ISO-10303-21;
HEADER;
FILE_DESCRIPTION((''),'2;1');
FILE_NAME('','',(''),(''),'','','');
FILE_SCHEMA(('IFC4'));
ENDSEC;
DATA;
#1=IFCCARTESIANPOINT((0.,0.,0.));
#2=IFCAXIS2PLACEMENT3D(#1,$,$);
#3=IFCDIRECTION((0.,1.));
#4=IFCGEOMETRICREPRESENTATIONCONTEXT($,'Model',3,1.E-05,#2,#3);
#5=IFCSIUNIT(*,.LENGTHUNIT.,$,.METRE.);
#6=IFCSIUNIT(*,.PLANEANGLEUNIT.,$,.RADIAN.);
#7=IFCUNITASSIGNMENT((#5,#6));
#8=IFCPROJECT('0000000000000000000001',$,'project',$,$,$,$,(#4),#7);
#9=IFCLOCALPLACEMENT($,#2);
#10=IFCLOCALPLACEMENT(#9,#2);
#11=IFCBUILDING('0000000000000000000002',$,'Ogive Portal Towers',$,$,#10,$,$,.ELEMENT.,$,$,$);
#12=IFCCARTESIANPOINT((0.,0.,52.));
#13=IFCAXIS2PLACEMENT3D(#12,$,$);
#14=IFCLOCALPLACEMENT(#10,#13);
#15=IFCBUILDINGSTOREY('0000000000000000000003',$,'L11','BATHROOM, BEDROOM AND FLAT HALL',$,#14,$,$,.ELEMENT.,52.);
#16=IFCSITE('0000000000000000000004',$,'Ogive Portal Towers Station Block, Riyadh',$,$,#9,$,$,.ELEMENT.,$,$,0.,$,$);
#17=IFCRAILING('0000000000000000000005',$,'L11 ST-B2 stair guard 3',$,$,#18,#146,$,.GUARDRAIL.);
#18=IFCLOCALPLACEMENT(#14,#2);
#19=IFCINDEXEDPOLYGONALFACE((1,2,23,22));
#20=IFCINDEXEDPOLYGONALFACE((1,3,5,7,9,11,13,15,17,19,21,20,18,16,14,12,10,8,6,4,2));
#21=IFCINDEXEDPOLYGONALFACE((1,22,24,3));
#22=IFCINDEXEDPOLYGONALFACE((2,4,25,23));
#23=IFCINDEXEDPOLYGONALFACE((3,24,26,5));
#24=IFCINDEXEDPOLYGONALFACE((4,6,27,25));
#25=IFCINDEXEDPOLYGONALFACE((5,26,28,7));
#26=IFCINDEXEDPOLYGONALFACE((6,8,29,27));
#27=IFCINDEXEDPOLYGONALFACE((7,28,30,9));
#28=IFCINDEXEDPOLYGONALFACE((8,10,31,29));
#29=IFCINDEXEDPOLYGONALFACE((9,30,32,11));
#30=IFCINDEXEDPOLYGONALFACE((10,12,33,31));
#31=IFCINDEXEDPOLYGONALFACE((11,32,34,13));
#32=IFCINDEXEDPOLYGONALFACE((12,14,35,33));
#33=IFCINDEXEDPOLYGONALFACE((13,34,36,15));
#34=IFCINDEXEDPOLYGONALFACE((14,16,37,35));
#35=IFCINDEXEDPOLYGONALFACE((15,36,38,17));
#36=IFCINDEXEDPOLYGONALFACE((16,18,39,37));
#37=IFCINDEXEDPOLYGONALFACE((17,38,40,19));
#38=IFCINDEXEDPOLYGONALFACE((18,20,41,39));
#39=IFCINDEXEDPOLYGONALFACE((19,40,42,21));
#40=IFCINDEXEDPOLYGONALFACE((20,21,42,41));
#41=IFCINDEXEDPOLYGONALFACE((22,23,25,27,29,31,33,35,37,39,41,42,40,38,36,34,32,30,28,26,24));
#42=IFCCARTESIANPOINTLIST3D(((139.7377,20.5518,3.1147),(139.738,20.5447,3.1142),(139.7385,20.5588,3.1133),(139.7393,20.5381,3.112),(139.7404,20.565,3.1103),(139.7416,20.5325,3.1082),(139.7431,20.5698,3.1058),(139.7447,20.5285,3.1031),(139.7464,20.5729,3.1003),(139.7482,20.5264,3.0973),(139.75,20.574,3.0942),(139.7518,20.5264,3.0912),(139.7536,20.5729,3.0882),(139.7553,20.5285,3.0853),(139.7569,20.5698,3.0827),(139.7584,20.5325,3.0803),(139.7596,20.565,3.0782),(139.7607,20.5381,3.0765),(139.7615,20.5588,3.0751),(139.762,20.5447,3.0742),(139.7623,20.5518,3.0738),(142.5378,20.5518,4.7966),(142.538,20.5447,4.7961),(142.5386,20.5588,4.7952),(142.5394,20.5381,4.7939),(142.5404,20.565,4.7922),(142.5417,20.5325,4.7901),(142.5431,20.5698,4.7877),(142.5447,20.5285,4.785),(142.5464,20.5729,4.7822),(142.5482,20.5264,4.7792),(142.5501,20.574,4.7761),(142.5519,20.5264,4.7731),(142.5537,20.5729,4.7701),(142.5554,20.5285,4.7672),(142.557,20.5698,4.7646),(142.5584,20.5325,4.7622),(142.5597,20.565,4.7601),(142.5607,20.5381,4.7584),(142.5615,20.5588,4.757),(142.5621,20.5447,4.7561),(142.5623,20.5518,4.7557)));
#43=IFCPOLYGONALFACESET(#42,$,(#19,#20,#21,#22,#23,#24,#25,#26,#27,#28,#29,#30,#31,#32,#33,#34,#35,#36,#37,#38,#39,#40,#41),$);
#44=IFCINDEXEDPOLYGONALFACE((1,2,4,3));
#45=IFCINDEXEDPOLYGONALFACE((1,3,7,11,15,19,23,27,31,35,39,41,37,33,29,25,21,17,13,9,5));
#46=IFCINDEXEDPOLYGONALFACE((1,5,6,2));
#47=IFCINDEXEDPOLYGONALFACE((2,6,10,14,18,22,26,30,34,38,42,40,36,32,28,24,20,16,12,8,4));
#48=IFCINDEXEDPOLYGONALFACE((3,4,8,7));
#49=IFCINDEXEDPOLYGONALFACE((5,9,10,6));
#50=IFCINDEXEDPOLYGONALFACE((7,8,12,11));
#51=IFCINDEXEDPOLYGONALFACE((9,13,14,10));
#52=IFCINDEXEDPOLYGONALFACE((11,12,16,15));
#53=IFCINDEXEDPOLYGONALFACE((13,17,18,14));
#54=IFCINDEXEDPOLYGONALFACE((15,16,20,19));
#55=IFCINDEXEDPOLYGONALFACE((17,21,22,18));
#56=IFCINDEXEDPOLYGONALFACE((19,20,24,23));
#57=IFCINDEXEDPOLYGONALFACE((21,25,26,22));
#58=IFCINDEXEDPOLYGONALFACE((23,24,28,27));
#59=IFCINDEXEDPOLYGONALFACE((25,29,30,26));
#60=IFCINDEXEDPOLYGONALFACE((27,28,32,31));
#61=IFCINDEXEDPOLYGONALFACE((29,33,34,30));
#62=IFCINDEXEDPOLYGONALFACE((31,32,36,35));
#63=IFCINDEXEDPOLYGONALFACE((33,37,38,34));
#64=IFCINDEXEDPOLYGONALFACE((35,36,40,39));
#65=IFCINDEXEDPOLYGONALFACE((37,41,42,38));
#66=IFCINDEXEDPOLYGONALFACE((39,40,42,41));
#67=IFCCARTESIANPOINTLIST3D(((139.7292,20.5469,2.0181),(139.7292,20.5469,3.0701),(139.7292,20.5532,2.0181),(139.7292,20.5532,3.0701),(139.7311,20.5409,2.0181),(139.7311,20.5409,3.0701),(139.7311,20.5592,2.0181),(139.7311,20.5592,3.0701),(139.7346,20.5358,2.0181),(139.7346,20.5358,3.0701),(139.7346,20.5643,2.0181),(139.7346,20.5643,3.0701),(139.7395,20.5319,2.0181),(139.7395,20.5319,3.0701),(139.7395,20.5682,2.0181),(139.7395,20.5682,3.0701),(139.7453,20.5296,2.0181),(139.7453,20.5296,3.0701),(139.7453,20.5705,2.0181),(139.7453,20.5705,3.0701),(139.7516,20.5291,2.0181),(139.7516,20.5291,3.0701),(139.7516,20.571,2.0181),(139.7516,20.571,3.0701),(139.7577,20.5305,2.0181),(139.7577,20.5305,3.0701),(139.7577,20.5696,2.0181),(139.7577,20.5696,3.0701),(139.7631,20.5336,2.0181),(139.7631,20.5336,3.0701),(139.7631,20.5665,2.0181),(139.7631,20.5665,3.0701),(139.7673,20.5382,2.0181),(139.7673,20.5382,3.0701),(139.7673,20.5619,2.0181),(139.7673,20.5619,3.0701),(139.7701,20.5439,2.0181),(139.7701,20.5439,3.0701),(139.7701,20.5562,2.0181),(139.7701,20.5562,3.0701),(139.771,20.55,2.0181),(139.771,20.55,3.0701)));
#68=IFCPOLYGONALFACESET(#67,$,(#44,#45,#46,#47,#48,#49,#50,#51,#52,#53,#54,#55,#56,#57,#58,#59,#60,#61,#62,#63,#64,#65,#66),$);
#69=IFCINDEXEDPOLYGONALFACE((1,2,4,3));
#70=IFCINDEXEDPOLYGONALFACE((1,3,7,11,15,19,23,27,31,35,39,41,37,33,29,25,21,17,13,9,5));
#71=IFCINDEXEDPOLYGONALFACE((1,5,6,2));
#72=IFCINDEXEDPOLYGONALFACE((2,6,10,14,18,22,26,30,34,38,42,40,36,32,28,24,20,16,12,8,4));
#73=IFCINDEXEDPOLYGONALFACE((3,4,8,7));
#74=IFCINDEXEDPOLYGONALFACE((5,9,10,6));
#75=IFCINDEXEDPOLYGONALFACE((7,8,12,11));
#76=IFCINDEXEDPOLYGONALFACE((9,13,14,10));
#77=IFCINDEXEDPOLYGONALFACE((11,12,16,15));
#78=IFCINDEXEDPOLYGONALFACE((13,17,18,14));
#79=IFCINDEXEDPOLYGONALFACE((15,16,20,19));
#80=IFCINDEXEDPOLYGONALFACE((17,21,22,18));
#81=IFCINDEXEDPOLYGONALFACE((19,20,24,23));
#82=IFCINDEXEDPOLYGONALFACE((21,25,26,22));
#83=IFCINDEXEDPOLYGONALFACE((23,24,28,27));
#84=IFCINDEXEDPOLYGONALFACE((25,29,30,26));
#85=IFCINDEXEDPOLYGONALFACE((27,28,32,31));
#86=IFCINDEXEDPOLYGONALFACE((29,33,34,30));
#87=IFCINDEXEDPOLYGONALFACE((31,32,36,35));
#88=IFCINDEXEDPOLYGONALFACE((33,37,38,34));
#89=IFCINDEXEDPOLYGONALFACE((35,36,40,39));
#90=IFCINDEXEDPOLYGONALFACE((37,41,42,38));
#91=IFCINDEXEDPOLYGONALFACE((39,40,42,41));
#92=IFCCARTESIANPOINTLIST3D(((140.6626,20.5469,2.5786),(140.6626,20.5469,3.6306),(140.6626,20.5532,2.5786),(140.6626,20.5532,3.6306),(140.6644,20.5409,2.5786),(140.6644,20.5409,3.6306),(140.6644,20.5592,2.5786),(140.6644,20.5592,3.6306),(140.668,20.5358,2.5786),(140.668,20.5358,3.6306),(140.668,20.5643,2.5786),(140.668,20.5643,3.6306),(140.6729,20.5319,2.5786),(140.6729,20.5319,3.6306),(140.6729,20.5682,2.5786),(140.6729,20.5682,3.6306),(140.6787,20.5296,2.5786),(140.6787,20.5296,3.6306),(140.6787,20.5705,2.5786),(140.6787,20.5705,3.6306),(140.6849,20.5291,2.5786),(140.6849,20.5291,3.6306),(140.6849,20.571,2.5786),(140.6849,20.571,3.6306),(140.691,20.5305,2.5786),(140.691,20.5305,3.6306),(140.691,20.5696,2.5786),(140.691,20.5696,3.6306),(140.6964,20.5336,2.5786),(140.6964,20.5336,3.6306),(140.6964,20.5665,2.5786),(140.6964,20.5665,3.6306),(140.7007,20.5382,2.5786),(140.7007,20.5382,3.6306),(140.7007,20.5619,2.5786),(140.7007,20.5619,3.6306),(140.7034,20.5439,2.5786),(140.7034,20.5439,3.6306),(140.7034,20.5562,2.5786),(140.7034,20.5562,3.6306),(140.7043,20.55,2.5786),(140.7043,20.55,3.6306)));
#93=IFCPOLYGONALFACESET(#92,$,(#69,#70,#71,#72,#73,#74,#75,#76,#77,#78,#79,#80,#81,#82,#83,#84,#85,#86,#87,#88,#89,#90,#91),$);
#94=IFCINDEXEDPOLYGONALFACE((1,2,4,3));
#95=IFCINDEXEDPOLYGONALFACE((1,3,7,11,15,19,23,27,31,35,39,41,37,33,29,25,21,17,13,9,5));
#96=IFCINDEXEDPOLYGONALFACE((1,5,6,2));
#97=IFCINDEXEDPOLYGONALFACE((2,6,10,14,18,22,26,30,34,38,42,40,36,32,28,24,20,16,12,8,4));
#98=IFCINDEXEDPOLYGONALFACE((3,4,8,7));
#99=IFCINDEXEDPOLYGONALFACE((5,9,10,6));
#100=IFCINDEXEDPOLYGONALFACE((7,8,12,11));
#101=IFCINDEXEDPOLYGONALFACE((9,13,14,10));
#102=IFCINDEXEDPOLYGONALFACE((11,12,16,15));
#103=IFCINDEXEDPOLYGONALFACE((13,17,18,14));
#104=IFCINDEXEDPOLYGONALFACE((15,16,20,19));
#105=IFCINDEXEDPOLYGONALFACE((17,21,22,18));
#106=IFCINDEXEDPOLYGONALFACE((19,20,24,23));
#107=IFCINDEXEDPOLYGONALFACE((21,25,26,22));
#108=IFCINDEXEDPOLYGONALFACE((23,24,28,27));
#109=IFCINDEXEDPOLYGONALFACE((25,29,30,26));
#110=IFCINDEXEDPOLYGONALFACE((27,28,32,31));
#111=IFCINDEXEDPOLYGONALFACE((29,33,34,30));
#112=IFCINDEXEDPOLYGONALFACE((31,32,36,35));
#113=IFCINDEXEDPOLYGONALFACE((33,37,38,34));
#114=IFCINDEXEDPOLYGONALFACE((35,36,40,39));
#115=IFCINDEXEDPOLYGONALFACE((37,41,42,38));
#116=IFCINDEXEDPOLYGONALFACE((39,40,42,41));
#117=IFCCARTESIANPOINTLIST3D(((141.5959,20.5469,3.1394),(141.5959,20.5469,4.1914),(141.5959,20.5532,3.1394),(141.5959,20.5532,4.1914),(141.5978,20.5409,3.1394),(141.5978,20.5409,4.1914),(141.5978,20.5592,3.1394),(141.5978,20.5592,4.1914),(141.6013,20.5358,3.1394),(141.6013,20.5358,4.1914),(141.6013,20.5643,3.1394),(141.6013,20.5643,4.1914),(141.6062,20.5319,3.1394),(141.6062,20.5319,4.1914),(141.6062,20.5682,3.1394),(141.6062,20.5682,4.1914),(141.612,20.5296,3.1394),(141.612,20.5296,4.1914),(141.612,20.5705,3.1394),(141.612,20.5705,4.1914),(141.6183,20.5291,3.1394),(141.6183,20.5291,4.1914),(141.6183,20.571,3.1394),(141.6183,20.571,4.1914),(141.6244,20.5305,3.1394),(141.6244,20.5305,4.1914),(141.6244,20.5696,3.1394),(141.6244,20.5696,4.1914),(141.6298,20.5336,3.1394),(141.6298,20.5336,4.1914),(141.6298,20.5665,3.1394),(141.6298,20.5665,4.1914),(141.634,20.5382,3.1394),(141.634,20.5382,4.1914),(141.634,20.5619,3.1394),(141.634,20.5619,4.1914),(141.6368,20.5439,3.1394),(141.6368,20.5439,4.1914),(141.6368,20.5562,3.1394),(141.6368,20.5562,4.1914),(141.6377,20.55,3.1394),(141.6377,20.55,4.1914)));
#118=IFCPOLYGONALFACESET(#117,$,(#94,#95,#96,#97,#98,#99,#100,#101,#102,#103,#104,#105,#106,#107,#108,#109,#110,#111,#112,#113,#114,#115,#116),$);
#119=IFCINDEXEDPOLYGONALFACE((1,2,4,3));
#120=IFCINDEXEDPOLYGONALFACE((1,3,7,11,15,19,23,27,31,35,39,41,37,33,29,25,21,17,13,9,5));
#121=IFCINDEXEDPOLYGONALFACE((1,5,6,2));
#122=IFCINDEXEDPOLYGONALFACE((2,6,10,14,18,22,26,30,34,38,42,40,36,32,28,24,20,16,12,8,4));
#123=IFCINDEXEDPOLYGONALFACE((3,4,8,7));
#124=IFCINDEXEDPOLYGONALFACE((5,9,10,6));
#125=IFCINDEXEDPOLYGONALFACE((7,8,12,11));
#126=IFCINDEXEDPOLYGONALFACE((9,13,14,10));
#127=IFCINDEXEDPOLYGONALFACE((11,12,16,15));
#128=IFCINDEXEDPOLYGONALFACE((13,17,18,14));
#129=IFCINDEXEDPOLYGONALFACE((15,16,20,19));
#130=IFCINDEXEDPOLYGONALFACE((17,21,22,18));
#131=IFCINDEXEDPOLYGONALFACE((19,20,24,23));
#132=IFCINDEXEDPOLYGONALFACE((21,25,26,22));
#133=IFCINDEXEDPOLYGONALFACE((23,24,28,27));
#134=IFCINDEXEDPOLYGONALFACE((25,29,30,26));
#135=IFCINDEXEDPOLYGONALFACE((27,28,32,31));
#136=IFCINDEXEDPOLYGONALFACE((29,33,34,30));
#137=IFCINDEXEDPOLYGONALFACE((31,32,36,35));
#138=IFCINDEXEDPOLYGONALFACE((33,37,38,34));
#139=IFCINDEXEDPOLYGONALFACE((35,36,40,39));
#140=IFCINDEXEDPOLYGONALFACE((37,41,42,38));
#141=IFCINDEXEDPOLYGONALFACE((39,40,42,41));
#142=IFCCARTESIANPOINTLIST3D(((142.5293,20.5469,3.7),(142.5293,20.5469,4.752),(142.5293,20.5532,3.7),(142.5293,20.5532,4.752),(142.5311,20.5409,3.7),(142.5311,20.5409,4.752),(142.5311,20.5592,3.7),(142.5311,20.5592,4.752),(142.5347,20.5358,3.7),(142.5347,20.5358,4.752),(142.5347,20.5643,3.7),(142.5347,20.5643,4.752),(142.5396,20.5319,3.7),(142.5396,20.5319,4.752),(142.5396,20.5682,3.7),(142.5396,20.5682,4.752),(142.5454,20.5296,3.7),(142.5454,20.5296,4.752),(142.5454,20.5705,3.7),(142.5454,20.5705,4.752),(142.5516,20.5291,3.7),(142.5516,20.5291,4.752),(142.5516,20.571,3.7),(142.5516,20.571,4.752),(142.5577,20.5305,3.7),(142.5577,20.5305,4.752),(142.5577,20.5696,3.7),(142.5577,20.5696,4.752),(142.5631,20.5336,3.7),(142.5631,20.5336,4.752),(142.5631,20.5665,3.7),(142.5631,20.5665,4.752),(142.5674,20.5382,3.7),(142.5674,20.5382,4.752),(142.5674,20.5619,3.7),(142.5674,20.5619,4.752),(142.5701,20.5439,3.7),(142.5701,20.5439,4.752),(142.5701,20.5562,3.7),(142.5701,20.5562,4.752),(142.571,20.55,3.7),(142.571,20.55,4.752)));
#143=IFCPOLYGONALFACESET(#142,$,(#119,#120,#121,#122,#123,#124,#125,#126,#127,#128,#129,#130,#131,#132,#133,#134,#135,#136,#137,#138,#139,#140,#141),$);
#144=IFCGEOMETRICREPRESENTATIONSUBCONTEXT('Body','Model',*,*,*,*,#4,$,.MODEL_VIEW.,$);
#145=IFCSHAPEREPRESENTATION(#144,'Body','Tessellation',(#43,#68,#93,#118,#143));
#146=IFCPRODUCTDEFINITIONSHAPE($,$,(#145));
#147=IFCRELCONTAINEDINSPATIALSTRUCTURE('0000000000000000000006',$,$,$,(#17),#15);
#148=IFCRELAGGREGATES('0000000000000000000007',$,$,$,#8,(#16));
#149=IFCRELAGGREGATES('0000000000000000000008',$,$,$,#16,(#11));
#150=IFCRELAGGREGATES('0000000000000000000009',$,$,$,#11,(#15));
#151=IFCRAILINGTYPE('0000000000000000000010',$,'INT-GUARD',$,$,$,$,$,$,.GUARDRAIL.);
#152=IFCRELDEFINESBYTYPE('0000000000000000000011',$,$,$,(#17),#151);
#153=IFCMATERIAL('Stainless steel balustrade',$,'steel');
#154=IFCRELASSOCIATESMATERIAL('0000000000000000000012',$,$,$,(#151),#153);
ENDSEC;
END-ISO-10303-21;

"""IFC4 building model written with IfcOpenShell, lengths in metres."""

from ifc_helpers import new_model, si_unit, direction, frame, origin, origin_2d, place, context, subcontext, project, spatial, circle, extrude, material, type_object, element, save


model = new_model("IFC4")

# Units and contexts
model_context = context("Model", 3, precision=1e-05, world=origin(), true_north=direction((0.0, 1.0)))
body_context = subcontext(model_context, "Body", "Model", "MODEL_VIEW")
ifc_project = project(units=[si_unit("LENGTHUNIT", "METRE"), si_unit("PLANEANGLEUNIT", "RADIAN")], contexts=[model_context])

# Site, building, storey
site_placement = place(None, origin())
site = spatial("IfcSite", under=ifc_project, at=site_placement, Name="Ogive Portal Towers Station Block, Riyadh", CompositionType="ELEMENT", RefElevation=0.0)
building_placement = place(site_placement, origin())
building = spatial("IfcBuilding", under=site, at=building_placement, Name="Ogive Portal Towers", CompositionType="ELEMENT")
storey_placement = place(building_placement, frame((0.0, 0.0, 52.0)))
storey = spatial("IfcBuildingStorey", under=building, at=storey_placement, Name="L11", Description="BATHROOM, BEDROOM AND FLAT HALL", CompositionType="ELEMENT", Elevation=52.0)

# Railing
ifc_material_1 = material(Name="Stainless steel balustrade", Category="steel")
railing_type_1 = type_object("IfcRailingType", Name="INT-GUARD", PredefinedType="GUARDRAIL", material=ifc_material_1)
railing_1_placement = place(storey_placement, frame((139.75, 20.55, 2.0181)))
element("IfcRailing", 1, at=railing_1_placement, inside=storey, type_object=railing_type_1, Name="L11 ST-B2 stair guard 3", PredefinedType="GUARDRAIL", context=body_context, shape_type="SweptSolid", body=[
    extrude(circle(Radius=0.0239, at=origin_2d()), frame((0.0, 0.0, 1.0762), z_axis=(0.857242, 0.0, 0.514913), x_axis=(0.0, 1.0, 0.0)), (0.0, 0.0, 1.0), 3.2664),
    extrude(circle(Radius=0.021, at=origin_2d()), origin(), (0.0, 0.0, 1.0), 1.052),
    extrude(circle(Radius=0.021, at=origin_2d()), frame((0.9333, 0.0, 0.5605)), (0.0, 0.0, 1.0), 1.052),
    extrude(circle(Radius=0.021, at=origin_2d()), frame((1.8667, 0.0, 1.1213)), (0.0, 0.0, 1.0), 1.052),
    extrude(circle(Radius=0.021, at=origin_2d()), frame((2.8, 0.0, 1.6819)), (0.0, 0.0, 1.0), 1.052),
])

save(model, "model.ifc")
